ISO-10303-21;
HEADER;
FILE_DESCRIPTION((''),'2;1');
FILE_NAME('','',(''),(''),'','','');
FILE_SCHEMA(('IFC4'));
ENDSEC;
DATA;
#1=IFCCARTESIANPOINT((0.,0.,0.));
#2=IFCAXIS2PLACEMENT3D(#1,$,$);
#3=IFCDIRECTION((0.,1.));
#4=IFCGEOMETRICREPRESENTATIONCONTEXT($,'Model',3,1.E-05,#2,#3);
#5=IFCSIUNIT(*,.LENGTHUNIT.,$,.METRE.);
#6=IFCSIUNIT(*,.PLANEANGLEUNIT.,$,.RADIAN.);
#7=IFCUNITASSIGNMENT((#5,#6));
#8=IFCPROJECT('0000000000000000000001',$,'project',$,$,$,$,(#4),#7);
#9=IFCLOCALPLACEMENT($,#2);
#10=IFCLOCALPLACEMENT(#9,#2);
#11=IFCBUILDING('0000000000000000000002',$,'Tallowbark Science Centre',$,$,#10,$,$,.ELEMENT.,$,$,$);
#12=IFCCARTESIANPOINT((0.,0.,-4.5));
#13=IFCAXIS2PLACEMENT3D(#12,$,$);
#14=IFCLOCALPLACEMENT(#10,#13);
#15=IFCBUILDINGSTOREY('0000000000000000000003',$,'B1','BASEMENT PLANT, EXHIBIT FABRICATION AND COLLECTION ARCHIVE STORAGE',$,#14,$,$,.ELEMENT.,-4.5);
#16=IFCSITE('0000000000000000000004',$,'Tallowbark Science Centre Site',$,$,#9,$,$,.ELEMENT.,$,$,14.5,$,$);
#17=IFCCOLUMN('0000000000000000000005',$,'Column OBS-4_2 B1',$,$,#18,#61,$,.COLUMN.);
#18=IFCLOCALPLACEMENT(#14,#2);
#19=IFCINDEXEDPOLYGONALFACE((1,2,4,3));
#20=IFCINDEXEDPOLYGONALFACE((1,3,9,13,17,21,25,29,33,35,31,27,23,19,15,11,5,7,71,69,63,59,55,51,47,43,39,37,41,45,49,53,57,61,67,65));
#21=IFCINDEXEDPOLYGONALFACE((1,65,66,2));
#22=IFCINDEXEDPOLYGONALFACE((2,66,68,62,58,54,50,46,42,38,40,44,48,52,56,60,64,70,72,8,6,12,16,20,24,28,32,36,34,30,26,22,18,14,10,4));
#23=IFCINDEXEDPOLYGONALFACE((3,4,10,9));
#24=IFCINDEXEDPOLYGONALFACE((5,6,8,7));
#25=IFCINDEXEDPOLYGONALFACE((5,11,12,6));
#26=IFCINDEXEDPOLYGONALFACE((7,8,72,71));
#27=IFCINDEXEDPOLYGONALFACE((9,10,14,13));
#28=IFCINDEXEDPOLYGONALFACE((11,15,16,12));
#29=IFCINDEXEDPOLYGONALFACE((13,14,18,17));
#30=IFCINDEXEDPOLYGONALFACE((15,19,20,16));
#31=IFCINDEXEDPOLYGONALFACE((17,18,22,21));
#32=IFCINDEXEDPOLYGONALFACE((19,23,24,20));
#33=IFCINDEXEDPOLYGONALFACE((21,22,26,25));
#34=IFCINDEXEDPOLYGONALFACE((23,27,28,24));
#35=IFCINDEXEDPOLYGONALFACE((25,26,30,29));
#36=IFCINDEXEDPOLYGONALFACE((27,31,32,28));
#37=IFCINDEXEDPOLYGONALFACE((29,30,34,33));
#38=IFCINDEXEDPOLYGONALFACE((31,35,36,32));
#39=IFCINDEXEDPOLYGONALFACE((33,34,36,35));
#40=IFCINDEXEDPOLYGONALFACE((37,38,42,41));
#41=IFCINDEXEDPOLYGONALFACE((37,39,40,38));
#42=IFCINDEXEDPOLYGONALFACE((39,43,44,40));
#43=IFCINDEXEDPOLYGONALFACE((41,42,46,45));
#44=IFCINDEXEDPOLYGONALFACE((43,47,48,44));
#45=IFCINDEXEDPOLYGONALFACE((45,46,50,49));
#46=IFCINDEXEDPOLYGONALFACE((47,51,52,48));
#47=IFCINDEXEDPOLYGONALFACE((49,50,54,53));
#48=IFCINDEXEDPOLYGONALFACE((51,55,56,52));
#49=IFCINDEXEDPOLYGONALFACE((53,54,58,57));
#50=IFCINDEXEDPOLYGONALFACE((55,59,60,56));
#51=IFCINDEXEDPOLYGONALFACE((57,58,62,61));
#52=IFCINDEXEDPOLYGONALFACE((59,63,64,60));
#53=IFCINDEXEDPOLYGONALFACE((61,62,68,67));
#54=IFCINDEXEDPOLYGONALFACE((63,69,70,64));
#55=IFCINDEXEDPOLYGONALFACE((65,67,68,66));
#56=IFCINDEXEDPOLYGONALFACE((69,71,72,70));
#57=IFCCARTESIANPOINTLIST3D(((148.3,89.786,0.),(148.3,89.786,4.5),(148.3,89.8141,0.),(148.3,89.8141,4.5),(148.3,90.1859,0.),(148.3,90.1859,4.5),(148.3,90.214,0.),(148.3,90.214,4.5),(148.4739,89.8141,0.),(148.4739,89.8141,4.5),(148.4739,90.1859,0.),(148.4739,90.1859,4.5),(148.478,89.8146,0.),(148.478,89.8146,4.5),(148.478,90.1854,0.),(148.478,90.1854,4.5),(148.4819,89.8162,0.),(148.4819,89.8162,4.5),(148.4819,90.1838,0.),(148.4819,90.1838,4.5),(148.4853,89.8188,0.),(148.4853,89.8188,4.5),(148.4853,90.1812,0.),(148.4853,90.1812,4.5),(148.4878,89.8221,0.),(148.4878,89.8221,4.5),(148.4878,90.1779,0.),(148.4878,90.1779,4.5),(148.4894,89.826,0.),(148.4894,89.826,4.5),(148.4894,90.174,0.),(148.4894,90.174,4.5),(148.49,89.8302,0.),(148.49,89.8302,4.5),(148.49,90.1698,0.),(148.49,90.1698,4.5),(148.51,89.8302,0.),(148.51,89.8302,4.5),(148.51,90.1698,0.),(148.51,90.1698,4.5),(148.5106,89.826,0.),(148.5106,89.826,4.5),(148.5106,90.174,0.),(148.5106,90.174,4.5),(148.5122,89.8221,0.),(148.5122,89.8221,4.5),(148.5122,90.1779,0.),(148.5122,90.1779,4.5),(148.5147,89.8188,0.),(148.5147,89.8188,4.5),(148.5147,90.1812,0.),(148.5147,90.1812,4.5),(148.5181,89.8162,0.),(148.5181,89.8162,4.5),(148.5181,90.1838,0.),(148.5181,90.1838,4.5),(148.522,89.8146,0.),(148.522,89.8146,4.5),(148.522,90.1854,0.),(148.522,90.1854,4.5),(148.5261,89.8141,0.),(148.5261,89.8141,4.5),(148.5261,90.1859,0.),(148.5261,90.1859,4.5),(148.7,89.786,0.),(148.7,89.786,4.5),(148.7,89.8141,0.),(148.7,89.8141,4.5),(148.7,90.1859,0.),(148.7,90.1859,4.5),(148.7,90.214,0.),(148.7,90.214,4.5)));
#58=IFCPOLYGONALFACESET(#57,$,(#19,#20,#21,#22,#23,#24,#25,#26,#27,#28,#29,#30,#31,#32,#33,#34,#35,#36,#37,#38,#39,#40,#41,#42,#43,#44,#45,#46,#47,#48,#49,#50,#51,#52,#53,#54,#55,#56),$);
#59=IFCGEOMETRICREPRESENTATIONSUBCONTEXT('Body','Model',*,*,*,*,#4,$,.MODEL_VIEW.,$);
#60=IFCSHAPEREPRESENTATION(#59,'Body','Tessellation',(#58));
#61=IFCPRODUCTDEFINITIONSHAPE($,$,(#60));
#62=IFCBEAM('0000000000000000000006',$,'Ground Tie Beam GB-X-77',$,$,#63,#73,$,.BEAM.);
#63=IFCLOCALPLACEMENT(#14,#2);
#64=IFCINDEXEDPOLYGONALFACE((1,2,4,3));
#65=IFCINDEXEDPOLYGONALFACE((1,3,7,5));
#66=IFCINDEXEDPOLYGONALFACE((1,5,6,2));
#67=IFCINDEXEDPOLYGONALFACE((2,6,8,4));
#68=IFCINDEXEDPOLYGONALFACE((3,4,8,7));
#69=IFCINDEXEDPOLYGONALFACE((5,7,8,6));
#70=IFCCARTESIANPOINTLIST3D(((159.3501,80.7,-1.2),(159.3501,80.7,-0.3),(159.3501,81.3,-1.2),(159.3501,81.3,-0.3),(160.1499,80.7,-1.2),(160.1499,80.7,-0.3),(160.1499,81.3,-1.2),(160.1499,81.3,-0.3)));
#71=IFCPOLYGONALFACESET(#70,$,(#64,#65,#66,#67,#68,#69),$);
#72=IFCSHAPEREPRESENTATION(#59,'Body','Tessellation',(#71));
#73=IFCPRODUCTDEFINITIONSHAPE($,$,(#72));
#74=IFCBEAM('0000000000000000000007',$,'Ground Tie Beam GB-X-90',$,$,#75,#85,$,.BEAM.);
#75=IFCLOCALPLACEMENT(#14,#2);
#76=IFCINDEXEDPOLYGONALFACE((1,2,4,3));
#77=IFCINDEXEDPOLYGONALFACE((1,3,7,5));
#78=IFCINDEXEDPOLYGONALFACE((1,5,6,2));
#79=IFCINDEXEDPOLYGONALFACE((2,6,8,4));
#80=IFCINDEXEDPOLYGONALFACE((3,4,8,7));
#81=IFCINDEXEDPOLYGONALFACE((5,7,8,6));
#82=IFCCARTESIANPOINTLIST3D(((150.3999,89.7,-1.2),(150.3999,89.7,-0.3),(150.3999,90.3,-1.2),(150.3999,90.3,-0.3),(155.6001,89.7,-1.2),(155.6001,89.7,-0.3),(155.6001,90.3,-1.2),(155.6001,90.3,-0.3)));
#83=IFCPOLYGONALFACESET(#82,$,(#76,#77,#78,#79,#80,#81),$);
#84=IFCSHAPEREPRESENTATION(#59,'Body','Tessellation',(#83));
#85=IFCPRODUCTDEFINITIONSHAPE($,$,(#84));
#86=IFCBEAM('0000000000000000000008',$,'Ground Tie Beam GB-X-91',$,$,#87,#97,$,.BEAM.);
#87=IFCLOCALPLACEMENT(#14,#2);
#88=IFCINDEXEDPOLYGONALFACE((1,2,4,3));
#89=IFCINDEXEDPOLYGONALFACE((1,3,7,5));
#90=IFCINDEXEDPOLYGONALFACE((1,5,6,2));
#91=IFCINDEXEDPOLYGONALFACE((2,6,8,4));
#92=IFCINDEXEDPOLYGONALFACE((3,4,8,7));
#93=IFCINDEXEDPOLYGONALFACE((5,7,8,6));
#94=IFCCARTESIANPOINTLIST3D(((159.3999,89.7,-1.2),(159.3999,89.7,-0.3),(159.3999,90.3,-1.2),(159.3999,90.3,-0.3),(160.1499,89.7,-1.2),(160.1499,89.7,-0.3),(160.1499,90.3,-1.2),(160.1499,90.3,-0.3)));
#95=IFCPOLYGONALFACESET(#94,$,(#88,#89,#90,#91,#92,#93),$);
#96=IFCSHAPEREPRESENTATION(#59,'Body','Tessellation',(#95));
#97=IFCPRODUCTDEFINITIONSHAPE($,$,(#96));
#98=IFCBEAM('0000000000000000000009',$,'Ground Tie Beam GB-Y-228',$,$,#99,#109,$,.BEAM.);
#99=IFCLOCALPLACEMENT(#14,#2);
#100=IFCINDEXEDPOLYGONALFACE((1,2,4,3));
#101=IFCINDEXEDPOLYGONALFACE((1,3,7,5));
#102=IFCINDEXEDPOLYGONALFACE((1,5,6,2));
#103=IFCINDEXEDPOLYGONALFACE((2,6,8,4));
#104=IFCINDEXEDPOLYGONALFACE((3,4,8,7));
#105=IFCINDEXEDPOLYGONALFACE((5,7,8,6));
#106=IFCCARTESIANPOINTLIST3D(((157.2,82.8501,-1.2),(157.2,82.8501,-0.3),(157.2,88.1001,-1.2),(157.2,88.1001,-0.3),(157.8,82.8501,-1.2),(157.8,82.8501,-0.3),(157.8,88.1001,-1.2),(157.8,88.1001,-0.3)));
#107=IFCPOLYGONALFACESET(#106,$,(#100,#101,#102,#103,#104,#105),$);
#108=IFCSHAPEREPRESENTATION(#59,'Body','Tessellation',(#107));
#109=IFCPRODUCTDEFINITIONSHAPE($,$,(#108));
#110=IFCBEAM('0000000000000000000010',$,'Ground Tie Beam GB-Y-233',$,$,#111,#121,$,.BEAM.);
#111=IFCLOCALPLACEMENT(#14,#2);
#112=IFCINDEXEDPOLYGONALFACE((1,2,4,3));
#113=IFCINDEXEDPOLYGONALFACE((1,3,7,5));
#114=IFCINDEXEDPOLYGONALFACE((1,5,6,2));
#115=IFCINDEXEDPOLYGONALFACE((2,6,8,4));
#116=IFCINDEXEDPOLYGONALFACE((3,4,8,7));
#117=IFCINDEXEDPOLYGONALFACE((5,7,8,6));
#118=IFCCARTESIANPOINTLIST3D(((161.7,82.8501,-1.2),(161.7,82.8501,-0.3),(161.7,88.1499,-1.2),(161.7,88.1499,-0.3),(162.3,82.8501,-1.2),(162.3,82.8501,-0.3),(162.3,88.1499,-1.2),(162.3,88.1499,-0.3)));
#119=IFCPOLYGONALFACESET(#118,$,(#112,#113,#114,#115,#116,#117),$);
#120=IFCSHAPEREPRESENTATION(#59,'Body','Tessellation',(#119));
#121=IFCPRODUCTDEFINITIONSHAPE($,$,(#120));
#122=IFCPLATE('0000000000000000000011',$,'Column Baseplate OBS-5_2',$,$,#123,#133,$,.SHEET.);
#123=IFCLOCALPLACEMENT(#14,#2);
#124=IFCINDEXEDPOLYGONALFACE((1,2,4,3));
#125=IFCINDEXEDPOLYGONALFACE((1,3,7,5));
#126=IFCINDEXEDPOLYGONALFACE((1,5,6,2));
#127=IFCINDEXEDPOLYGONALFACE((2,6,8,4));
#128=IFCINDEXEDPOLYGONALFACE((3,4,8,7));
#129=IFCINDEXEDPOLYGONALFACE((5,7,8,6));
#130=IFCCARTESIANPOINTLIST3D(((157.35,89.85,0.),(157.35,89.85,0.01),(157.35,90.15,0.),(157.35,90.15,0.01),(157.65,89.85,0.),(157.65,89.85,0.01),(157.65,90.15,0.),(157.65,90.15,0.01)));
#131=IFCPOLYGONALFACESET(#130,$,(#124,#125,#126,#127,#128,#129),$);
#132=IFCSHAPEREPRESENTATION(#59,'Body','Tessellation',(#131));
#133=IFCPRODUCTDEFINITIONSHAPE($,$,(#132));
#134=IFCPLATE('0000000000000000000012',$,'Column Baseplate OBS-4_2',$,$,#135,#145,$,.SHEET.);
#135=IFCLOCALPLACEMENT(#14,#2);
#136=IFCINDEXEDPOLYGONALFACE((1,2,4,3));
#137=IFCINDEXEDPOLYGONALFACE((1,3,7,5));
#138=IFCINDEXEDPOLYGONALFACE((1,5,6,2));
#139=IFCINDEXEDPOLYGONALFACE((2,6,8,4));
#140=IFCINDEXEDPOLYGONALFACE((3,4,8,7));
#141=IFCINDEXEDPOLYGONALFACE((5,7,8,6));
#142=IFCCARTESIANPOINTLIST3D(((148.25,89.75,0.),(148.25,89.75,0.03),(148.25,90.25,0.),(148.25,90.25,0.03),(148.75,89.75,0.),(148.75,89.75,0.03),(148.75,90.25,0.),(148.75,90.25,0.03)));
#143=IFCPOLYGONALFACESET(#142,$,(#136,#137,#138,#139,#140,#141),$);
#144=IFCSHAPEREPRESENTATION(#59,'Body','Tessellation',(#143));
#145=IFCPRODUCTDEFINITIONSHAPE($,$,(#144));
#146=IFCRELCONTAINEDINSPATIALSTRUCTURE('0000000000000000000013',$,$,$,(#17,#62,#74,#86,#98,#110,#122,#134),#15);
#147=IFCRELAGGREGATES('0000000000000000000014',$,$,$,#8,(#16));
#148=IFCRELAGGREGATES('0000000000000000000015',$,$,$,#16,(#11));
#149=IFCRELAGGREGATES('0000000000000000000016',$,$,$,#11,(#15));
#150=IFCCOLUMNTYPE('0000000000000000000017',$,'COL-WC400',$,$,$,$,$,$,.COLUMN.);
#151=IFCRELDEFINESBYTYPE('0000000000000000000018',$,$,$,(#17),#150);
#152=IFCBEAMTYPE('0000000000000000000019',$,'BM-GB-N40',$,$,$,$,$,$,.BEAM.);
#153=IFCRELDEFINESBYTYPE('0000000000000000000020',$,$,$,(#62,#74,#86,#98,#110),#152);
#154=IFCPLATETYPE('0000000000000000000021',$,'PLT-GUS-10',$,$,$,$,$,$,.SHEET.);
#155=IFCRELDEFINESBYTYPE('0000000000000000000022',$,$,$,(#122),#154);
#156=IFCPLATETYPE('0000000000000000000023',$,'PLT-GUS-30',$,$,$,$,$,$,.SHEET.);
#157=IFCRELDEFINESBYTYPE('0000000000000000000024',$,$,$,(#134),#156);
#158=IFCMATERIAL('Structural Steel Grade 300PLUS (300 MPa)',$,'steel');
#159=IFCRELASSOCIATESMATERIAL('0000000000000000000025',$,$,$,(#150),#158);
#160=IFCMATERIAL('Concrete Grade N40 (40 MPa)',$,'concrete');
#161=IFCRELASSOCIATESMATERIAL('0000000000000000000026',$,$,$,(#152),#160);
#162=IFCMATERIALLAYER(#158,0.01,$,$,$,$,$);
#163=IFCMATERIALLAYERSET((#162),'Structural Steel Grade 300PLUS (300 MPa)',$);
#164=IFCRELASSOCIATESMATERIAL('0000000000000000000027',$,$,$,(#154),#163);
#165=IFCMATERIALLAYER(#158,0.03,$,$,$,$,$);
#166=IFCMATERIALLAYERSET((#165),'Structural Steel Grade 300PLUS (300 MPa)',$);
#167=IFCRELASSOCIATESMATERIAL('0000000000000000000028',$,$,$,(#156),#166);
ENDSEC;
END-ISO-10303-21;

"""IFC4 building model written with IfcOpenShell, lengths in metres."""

from ifc_helpers import new_model, si_unit, direction, frame, origin, origin_2d, place, context, subcontext, project, spatial, rectangle, i_section, extrude, material, layer, layer_set, material_profile, profile_set, type_object, element, save


model = new_model("IFC4")

# Units and contexts
model_context = context("Model", 3, precision=1e-05, world=origin(), true_north=direction((0.0, 1.0)))
body_context = subcontext(model_context, "Body", "Model", "MODEL_VIEW")
ifc_project = project(units=[si_unit("LENGTHUNIT", "METRE"), si_unit("PLANEANGLEUNIT", "RADIAN")], contexts=[model_context])

# Site, building, storey
site_placement = place(None, origin())
site = spatial("IfcSite", under=ifc_project, at=site_placement, Name="Tallowbark Science Centre Site", CompositionType="ELEMENT", RefElevation=14.5)
building_placement = place(site_placement, origin())
building = spatial("IfcBuilding", under=site, at=building_placement, Name="Tallowbark Science Centre", CompositionType="ELEMENT")
storey_placement = place(building_placement, frame((0.0, 0.0, -4.5)))
storey = spatial("IfcBuildingStorey", under=building, at=storey_placement, Name="B1", Description="BASEMENT PLANT, EXHIBIT FABRICATION AND COLLECTION ARCHIVE STORAGE", CompositionType="ELEMENT", Elevation=-4.5)

# Shared definitions
ifc_material_1 = material(Name="Concrete Grade N40 (40 MPa)", Category="concrete")

# Column
ifc_material_2 = material(Name="Structural Steel Grade 300PLUS (300 MPa)", Category="steel")
ifc_material_profile_1 = material_profile(ifc_material_2, i_section(OverallWidth=0.3999, OverallDepth=0.428, WebThickness=0.02, FlangeThickness=0.0281, FilletRadius=0.0161, at=origin_2d()), Name="400WC270")
ifc_profile_set_1 = profile_set([ifc_material_profile_1], Name="Structural Steel Grade 300PLUS (300 MPa)")
column_type_1 = type_object("IfcColumnType", Name="COL-WC400", PredefinedType="COLUMN", material=ifc_profile_set_1)
column_1_placement = place(storey_placement, frame((148.5, 90.0, 0.0), z_axis=(0.0, 0.0, 1.0), x_axis=(1.0, 0.0, 0.0)))
element("IfcColumn", 1, at=column_1_placement, inside=storey, type_object=column_type_1, Name="Column OBS-4_2 B1", PredefinedType="COLUMN", context=body_context, shape_type="SweptSolid", body=[
    extrude(i_section(OverallWidth=0.3999, OverallDepth=0.428, WebThickness=0.02, FlangeThickness=0.0281, FilletRadius=0.0161, at=origin_2d()), origin(), (0.0, 0.0, 1.0), 4.5),
])

# Beams
ifc_material_profile_2 = material_profile(ifc_material_1, rectangle(XDim=0.6001, YDim=0.8999, at=origin_2d()), Name="RC600x900")
ifc_profile_set_2 = profile_set([ifc_material_profile_2], Name="Concrete Grade N40 (40 MPa)")
beam_type = type_object("IfcBeamType", Name="BM-GB-N40", PredefinedType="BEAM", material=ifc_profile_set_2)
beam_1_placement = place(storey_placement, frame((159.3501, 81.0, -0.75), z_axis=(1.0, 0.0, 0.0), x_axis=(0.0, 1.0, 0.0)))
element("IfcBeam", 2, at=beam_1_placement, inside=storey, type_object=beam_type, Name="Ground Tie Beam GB-X-77", PredefinedType="BEAM", context=body_context, shape_type="SweptSolid", body=[
    extrude(rectangle(XDim=0.6001, YDim=0.8999, at=origin_2d()), origin(), (0.0, 0.0, 1.0), 0.7998),
])
beam_2_placement = place(storey_placement, frame((150.3999, 90.0, -0.75), z_axis=(1.0, 0.0, 0.0), x_axis=(0.0, 1.0, 0.0)))
element("IfcBeam", 3, at=beam_2_placement, inside=storey, type_object=beam_type, Name="Ground Tie Beam GB-X-90", PredefinedType="BEAM", context=body_context, shape_type="SweptSolid", body=[
    extrude(rectangle(XDim=0.6001, YDim=0.8999, at=origin_2d()), origin(), (0.0, 0.0, 1.0), 5.2002),
])
beam_3_placement = place(storey_placement, frame((159.3999, 90.0, -0.75), z_axis=(1.0, 0.0, 0.0), x_axis=(0.0, 1.0, 0.0)))
element("IfcBeam", 4, at=beam_3_placement, inside=storey, type_object=beam_type, Name="Ground Tie Beam GB-X-91", PredefinedType="BEAM", context=body_context, shape_type="SweptSolid", body=[
    extrude(rectangle(XDim=0.6001, YDim=0.8999, at=origin_2d()), origin(), (0.0, 0.0, 1.0), 0.75),
])
beam_4_placement = place(storey_placement, frame((157.5, 82.8501, -0.75), z_axis=(0.0, 1.0, 0.0), x_axis=(-1.0, 0.0, 0.0)))
element("IfcBeam", 5, at=beam_4_placement, inside=storey, type_object=beam_type, Name="Ground Tie Beam GB-Y-228", PredefinedType="BEAM", context=body_context, shape_type="SweptSolid", body=[
    extrude(rectangle(XDim=0.6001, YDim=0.8999, at=origin_2d()), origin(), (0.0, 0.0, 1.0), 5.25),
])
beam_5_placement = place(storey_placement, frame((162.0, 82.8501, -0.75), z_axis=(0.0, 1.0, 0.0), x_axis=(-1.0, 0.0, 0.0)))
element("IfcBeam", 6, at=beam_5_placement, inside=storey, type_object=beam_type, Name="Ground Tie Beam GB-Y-233", PredefinedType="BEAM", context=body_context, shape_type="SweptSolid", body=[
    extrude(rectangle(XDim=0.6001, YDim=0.8999, at=origin_2d()), origin(), (0.0, 0.0, 1.0), 5.2998),
])

# Plates
ifc_layer_1 = layer(ifc_material_2, 0.01)
ifc_layer_set_1 = layer_set([ifc_layer_1], Name="Structural Steel Grade 300PLUS (300 MPa)")
plate_type_1 = type_object("IfcPlateType", Name="PLT-GUS-10", PredefinedType="SHEET", material=ifc_layer_set_1)
plate_1_placement = place(storey_placement, frame((157.5, 90.0, 0.0), z_axis=(0.0, 0.0, 1.0), x_axis=(1.0, 0.0, 0.0)))
element("IfcPlate", 7, at=plate_1_placement, inside=storey, type_object=plate_type_1, Name="Column Baseplate OBS-5_2", PredefinedType="SHEET", context=body_context, shape_type="SweptSolid", body=[
    extrude(rectangle(XDim=0.3, YDim=0.3, at=origin_2d()), origin(), (0.0, 0.0, 1.0), 0.01),
])
ifc_layer_2 = layer(ifc_material_2, 0.03)
ifc_layer_set_2 = layer_set([ifc_layer_2], Name="Structural Steel Grade 300PLUS (300 MPa)")
plate_type_2 = type_object("IfcPlateType", Name="PLT-GUS-30", PredefinedType="SHEET", material=ifc_layer_set_2)
plate_2_placement = place(storey_placement, frame((148.5, 90.0, 0.0), z_axis=(0.0, 0.0, 1.0), x_axis=(1.0, 0.0, 0.0)))
element("IfcPlate", 8, at=plate_2_placement, inside=storey, type_object=plate_type_2, Name="Column Baseplate OBS-4_2", PredefinedType="SHEET", context=body_context, shape_type="SweptSolid", body=[
    extrude(rectangle(XDim=0.5, YDim=0.5, at=origin_2d()), origin(), (0.0, 0.0, 1.0), 0.03),
])

save(model, "model.ifc")
